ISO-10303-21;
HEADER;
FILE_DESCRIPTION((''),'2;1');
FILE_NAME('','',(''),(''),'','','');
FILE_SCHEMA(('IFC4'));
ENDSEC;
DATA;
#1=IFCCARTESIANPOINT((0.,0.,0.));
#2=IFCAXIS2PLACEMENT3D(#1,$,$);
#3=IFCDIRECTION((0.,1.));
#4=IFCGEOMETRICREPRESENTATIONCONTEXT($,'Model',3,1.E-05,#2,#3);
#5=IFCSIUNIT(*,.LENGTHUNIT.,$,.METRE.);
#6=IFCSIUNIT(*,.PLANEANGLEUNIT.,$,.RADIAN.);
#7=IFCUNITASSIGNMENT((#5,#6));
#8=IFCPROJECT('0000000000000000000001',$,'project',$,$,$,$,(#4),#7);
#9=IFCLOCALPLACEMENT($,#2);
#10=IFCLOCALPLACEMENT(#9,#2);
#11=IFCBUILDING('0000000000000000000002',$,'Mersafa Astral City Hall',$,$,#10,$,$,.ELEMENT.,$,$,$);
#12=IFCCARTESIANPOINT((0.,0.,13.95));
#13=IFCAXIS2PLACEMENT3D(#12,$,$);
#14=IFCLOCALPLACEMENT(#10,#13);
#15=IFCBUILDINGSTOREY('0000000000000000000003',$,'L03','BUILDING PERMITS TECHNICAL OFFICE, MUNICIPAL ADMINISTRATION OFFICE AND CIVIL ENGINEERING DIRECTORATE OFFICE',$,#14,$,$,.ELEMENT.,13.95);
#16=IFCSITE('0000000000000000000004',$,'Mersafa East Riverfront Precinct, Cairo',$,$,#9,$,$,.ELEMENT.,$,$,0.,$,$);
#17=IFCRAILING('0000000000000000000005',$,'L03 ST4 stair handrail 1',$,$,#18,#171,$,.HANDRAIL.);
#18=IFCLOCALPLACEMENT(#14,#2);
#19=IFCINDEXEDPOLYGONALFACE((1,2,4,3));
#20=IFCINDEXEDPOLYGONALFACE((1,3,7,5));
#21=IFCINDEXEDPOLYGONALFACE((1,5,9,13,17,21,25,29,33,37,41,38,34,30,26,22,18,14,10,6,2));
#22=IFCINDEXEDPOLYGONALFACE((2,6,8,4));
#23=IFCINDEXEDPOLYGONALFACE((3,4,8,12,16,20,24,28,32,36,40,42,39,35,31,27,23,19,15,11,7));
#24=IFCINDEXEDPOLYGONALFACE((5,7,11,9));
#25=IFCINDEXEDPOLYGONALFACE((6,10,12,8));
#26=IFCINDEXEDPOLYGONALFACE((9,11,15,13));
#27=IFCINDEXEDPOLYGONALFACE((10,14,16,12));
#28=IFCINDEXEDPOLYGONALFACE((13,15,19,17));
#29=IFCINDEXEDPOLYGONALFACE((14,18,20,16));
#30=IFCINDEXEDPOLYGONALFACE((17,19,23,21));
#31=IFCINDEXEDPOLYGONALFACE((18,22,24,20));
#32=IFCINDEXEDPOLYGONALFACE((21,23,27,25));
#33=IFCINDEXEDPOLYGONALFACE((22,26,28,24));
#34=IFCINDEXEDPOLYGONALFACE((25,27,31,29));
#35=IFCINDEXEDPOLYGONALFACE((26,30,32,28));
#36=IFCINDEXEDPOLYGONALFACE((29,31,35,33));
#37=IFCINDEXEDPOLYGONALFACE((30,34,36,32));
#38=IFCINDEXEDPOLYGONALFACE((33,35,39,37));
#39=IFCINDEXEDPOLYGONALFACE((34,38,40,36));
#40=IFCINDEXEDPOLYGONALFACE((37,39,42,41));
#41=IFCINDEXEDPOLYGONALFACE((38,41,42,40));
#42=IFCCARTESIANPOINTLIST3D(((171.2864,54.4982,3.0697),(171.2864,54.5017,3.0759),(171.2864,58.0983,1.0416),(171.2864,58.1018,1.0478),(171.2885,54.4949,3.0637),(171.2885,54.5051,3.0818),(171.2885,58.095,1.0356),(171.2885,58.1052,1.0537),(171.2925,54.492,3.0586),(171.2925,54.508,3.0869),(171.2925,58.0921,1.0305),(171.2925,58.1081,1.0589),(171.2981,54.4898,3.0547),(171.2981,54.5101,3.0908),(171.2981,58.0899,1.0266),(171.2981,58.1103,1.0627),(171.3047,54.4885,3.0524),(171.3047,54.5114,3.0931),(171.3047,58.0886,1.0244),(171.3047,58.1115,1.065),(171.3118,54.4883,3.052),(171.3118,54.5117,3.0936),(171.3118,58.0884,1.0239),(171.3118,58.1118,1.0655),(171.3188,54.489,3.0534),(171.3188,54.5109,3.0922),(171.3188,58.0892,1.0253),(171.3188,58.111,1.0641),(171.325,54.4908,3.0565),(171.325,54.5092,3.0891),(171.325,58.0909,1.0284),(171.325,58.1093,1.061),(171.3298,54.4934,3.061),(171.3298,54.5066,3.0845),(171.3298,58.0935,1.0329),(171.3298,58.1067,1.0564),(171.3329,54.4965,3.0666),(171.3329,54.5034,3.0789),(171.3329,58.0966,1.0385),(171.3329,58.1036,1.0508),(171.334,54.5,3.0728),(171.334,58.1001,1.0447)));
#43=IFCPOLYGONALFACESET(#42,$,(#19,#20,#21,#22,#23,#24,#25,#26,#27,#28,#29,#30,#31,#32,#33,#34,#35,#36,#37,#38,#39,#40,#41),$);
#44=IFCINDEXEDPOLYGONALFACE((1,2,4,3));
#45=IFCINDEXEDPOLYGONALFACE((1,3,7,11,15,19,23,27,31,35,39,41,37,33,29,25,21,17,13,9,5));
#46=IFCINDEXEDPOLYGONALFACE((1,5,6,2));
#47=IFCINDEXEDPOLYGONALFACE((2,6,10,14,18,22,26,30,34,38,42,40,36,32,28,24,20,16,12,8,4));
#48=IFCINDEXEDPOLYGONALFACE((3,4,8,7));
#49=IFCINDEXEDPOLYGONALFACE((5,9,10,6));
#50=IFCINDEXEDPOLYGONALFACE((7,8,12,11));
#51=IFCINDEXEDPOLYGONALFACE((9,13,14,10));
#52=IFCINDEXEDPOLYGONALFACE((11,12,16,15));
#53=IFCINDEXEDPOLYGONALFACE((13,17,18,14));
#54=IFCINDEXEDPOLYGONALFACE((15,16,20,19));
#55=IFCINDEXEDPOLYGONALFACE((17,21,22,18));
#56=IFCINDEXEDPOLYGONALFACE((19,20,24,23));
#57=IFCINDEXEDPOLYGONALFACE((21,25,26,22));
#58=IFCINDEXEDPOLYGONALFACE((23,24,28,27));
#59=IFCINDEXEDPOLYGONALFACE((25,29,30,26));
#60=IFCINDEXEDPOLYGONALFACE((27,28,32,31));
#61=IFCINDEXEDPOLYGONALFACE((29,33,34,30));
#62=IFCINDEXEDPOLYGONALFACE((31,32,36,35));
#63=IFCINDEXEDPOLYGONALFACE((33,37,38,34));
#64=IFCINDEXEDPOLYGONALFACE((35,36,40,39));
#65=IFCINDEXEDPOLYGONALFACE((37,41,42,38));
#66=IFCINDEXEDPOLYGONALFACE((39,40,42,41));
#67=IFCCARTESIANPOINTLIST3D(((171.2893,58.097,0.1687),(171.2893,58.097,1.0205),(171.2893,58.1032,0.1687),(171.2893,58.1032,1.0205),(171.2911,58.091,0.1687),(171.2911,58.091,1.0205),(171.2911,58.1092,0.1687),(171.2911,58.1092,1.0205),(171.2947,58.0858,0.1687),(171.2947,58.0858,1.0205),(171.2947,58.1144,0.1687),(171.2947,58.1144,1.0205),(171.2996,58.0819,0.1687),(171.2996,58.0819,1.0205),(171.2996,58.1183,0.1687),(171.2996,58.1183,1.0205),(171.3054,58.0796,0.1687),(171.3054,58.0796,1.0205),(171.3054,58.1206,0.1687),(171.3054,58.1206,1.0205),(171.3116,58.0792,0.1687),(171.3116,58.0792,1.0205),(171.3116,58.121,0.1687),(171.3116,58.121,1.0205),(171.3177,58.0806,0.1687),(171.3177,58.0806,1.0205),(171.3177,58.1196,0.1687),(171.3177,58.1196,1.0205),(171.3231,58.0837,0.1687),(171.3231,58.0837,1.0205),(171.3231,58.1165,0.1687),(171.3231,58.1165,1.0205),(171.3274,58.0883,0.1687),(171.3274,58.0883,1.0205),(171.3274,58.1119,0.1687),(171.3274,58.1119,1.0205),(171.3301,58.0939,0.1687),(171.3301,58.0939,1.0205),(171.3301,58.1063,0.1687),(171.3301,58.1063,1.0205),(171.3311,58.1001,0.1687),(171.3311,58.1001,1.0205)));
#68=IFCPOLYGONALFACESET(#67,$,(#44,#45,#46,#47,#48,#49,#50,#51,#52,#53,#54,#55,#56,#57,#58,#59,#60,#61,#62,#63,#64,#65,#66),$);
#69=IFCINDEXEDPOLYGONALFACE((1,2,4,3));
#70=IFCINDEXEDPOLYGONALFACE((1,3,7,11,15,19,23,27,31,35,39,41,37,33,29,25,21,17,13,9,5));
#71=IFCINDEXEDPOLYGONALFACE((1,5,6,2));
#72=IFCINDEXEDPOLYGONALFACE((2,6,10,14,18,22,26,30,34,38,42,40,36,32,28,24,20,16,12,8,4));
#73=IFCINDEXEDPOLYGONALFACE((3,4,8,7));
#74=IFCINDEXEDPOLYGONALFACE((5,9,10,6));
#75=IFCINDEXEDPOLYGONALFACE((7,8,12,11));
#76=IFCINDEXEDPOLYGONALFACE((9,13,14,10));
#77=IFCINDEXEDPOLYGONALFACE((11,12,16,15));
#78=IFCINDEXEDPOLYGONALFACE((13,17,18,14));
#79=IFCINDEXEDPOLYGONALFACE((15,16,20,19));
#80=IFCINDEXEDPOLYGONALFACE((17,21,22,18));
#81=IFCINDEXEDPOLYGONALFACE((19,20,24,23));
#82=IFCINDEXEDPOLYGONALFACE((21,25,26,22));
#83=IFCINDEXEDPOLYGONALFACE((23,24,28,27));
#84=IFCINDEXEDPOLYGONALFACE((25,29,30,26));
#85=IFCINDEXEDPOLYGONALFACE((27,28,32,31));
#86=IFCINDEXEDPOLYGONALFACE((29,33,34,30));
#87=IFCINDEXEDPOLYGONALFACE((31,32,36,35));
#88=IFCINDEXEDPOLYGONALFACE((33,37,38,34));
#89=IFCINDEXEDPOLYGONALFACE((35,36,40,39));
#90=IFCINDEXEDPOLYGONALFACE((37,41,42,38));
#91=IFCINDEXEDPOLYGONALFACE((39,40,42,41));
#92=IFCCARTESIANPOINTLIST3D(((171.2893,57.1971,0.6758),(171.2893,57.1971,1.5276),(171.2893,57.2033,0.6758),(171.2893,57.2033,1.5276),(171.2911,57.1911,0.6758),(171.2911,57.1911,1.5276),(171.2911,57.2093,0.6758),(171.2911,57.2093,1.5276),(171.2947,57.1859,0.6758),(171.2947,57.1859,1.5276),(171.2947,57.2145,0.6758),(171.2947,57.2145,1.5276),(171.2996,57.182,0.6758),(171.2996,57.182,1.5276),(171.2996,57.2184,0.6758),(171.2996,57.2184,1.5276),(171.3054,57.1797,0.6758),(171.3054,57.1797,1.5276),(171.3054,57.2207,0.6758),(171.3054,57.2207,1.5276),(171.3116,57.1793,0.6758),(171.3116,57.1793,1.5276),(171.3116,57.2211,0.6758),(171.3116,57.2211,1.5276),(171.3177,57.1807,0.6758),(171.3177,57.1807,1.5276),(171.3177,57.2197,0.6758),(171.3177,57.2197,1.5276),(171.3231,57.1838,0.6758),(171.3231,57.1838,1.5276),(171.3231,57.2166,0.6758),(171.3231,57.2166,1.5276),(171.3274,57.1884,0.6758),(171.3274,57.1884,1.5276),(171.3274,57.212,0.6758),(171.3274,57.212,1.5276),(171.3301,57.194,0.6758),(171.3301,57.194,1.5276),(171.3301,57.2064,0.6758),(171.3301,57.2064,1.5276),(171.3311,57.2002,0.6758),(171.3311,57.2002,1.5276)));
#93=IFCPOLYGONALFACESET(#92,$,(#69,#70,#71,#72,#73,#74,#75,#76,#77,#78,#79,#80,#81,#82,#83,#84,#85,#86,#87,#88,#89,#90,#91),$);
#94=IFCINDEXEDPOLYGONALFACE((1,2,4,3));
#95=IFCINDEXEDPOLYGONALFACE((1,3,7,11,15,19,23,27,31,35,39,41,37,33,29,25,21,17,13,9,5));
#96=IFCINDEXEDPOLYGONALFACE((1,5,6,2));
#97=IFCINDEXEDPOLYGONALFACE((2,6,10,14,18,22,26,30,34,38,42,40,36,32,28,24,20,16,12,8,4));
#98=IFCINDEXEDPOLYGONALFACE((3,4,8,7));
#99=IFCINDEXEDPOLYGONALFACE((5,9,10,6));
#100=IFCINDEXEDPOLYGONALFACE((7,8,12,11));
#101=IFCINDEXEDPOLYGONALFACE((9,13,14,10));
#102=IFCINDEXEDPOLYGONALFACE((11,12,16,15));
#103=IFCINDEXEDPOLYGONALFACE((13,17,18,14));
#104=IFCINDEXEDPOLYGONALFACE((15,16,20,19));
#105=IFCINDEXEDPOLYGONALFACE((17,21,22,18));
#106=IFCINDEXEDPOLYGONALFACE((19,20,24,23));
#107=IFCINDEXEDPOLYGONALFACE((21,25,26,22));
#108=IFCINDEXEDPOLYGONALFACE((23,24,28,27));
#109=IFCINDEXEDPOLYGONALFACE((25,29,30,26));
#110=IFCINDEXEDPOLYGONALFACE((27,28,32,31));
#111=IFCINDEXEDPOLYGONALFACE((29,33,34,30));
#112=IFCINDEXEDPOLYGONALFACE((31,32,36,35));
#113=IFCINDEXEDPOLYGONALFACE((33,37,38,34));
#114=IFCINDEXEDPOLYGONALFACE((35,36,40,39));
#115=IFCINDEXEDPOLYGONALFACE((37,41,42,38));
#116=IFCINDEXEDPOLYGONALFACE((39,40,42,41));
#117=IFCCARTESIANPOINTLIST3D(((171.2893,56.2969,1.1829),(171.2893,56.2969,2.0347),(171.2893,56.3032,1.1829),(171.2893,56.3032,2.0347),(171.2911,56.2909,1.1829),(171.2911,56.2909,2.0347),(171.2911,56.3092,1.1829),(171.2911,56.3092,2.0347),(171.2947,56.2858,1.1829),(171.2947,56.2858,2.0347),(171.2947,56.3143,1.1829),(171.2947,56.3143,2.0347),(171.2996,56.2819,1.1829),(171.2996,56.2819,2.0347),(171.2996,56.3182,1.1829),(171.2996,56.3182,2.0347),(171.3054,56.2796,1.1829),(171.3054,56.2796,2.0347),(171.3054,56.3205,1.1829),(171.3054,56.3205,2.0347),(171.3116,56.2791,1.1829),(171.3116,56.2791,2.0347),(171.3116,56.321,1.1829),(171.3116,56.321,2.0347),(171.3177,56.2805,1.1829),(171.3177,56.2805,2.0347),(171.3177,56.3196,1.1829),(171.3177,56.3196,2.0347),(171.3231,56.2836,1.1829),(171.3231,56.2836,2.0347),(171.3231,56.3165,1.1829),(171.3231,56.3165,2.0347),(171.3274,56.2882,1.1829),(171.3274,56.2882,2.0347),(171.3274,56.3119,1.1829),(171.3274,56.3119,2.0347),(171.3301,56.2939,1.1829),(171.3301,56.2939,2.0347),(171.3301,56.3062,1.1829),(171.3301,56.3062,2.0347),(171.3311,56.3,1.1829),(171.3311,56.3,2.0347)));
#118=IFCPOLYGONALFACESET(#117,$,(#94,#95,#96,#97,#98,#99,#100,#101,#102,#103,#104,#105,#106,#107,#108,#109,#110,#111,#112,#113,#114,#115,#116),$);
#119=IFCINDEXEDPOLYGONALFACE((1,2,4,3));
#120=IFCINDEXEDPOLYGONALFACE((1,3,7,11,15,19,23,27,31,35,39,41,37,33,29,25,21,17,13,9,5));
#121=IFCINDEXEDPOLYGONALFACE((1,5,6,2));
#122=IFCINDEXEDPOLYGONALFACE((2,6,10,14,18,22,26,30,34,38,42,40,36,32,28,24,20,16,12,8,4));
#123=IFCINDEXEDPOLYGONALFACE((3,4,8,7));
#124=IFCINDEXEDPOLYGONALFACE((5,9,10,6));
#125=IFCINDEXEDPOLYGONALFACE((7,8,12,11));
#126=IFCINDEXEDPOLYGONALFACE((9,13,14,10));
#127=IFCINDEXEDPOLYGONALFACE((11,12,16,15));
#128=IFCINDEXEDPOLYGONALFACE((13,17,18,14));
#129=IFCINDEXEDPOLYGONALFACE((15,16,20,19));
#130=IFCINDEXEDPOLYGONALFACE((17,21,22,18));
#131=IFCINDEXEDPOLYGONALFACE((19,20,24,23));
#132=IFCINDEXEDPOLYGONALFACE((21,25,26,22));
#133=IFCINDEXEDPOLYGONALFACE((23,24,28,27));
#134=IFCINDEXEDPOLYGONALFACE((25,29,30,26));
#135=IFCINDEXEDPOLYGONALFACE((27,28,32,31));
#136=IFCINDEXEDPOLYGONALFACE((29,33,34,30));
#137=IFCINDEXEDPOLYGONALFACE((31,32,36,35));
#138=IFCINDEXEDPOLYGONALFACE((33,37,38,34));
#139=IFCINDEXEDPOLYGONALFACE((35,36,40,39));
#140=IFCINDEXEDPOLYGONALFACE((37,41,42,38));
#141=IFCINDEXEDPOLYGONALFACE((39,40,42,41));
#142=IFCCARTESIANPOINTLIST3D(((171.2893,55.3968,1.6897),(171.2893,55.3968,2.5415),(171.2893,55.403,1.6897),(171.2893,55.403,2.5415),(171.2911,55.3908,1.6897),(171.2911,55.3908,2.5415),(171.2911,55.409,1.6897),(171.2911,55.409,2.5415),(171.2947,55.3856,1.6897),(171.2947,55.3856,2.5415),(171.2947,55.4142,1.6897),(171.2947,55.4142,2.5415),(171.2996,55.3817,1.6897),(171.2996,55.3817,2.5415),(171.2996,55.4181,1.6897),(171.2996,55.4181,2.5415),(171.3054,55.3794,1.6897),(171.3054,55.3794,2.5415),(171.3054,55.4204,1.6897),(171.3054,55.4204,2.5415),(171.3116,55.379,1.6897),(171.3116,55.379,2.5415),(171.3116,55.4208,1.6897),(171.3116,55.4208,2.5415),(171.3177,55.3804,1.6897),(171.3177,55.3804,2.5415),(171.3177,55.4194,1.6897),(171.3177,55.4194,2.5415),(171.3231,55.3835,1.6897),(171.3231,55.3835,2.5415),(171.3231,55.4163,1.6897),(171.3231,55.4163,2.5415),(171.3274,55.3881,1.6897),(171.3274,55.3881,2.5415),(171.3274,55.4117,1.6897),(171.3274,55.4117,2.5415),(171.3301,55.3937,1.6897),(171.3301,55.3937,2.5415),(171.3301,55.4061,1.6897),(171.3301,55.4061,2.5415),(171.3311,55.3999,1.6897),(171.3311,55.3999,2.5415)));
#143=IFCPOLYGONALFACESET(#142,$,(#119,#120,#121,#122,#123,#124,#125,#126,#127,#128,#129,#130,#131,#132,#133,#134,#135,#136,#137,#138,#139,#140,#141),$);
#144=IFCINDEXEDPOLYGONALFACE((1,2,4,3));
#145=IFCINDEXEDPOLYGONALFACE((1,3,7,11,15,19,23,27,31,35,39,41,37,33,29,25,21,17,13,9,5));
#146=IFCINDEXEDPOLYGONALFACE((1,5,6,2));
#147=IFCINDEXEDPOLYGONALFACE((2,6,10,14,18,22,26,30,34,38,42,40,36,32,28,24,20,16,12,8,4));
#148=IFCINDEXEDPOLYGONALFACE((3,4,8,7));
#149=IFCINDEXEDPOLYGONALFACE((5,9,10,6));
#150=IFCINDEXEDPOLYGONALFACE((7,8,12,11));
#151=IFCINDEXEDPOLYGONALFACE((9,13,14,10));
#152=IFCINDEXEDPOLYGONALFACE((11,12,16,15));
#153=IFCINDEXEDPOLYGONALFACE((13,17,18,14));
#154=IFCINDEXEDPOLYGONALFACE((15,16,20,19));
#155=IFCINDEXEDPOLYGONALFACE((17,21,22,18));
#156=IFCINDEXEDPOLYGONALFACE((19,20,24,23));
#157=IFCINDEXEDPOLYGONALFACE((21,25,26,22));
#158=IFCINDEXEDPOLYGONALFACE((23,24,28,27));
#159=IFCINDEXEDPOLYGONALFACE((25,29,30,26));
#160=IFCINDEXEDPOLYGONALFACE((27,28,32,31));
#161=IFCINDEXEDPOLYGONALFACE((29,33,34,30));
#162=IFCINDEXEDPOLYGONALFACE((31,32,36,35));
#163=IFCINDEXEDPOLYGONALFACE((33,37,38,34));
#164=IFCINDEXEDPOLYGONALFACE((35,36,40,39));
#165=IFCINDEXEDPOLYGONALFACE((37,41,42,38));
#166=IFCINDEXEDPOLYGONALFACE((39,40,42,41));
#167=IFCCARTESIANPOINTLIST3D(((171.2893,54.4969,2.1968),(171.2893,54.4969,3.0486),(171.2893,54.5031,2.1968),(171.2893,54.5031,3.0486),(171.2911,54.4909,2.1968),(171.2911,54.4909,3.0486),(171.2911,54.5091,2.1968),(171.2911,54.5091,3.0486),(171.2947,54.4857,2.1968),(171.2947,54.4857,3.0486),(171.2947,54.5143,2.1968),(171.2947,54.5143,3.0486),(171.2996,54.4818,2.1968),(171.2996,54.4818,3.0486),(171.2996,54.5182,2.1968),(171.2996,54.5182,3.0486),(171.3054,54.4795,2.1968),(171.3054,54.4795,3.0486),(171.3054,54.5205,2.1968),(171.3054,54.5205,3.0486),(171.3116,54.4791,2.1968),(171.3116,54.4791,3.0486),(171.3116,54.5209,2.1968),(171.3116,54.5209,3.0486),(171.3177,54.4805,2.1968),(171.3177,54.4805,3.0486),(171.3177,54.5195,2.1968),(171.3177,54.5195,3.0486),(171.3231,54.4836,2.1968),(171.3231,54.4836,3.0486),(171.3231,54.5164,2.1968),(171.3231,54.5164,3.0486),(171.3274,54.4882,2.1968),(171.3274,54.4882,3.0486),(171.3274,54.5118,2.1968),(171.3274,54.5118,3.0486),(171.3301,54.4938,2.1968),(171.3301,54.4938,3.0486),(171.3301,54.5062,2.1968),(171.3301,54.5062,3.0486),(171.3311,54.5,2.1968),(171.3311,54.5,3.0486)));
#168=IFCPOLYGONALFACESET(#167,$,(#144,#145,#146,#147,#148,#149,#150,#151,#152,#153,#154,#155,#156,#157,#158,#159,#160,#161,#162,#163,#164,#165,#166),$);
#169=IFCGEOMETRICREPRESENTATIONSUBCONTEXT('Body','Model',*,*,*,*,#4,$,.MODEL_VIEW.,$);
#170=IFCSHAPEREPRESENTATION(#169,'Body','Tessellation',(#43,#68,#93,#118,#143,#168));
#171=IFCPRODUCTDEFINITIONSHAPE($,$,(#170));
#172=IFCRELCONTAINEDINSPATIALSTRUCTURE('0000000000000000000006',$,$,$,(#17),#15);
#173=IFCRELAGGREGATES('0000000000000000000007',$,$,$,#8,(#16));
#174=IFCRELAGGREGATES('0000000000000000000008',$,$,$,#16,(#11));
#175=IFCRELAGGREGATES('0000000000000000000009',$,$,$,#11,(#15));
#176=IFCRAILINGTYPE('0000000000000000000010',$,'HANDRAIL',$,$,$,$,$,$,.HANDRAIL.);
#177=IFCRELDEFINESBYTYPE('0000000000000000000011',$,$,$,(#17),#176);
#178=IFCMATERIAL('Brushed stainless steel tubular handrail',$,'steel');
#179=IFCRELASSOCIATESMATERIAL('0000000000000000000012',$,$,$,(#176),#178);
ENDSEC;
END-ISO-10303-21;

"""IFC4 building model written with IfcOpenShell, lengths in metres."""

from ifc_helpers import new_model, si_unit, direction, frame, origin, origin_2d, place, context, subcontext, project, spatial, circle, extrude, material, type_object, element, save


model = new_model("IFC4")

# Units and contexts
model_context = context("Model", 3, precision=1e-05, world=origin(), true_north=direction((0.0, 1.0)))
body_context = subcontext(model_context, "Body", "Model", "MODEL_VIEW")
ifc_project = project(units=[si_unit("LENGTHUNIT", "METRE"), si_unit("PLANEANGLEUNIT", "RADIAN")], contexts=[model_context])

# Site, building, storey
site_placement = place(None, origin())
site = spatial("IfcSite", under=ifc_project, at=site_placement, Name="Mersafa East Riverfront Precinct, Cairo", CompositionType="ELEMENT", RefElevation=0.0)
building_placement = place(site_placement, origin())
building = spatial("IfcBuilding", under=site, at=building_placement, Name="Mersafa Astral City Hall", CompositionType="ELEMENT")
storey_placement = place(building_placement, frame((0.0, 0.0, 13.95)))
storey = spatial("IfcBuildingStorey", under=building, at=storey_placement, Name="L03", Description="BUILDING PERMITS TECHNICAL OFFICE, MUNICIPAL ADMINISTRATION OFFICE AND CIVIL ENGINEERING DIRECTORATE OFFICE", CompositionType="ELEMENT", Elevation=13.95)

# Railing
ifc_material_1 = material(Name="Brushed stainless steel tubular handrail", Category="steel")
railing_type_1 = type_object("IfcRailingType", Name="HANDRAIL", PredefinedType="HANDRAIL", material=ifc_material_1)
railing_1_placement = place(storey_placement, frame((171.3101, 58.1001, 0.1687)))
element("IfcRailing", 1, at=railing_1_placement, inside=storey, type_object=railing_type_1, Name="L03 ST4 stair handrail 1", PredefinedType="HANDRAIL", context=body_context, shape_type="SweptSolid", body=[
    extrude(circle(Radius=0.0239, at=origin_2d()), frame((0.0, 0.0, 0.876), z_axis=(0.0, -0.871263, 0.490817), x_axis=(1.0, 0.0, 0.0)), (0.0, 0.0, 1.0), 4.1321),
    extrude(circle(Radius=0.021, at=origin_2d()), origin(), (0.0, 0.0, 1.0), 0.8518),
    extrude(circle(Radius=0.021, at=origin_2d()), frame((0.0, -0.8999, 0.5071)), (0.0, 0.0, 1.0), 0.8518),
    extrude(circle(Radius=0.021, at=origin_2d()), frame((0.0, -1.8, 1.0142)), (0.0, 0.0, 1.0), 0.8518),
    extrude(circle(Radius=0.021, at=origin_2d()), frame((0.0, -2.7002, 1.521)), (0.0, 0.0, 1.0), 0.8518),
    extrude(circle(Radius=0.021, at=origin_2d()), frame((0.0, -3.6001, 2.0281)), (0.0, 0.0, 1.0), 0.8518),
])

save(model, "model.ifc")
